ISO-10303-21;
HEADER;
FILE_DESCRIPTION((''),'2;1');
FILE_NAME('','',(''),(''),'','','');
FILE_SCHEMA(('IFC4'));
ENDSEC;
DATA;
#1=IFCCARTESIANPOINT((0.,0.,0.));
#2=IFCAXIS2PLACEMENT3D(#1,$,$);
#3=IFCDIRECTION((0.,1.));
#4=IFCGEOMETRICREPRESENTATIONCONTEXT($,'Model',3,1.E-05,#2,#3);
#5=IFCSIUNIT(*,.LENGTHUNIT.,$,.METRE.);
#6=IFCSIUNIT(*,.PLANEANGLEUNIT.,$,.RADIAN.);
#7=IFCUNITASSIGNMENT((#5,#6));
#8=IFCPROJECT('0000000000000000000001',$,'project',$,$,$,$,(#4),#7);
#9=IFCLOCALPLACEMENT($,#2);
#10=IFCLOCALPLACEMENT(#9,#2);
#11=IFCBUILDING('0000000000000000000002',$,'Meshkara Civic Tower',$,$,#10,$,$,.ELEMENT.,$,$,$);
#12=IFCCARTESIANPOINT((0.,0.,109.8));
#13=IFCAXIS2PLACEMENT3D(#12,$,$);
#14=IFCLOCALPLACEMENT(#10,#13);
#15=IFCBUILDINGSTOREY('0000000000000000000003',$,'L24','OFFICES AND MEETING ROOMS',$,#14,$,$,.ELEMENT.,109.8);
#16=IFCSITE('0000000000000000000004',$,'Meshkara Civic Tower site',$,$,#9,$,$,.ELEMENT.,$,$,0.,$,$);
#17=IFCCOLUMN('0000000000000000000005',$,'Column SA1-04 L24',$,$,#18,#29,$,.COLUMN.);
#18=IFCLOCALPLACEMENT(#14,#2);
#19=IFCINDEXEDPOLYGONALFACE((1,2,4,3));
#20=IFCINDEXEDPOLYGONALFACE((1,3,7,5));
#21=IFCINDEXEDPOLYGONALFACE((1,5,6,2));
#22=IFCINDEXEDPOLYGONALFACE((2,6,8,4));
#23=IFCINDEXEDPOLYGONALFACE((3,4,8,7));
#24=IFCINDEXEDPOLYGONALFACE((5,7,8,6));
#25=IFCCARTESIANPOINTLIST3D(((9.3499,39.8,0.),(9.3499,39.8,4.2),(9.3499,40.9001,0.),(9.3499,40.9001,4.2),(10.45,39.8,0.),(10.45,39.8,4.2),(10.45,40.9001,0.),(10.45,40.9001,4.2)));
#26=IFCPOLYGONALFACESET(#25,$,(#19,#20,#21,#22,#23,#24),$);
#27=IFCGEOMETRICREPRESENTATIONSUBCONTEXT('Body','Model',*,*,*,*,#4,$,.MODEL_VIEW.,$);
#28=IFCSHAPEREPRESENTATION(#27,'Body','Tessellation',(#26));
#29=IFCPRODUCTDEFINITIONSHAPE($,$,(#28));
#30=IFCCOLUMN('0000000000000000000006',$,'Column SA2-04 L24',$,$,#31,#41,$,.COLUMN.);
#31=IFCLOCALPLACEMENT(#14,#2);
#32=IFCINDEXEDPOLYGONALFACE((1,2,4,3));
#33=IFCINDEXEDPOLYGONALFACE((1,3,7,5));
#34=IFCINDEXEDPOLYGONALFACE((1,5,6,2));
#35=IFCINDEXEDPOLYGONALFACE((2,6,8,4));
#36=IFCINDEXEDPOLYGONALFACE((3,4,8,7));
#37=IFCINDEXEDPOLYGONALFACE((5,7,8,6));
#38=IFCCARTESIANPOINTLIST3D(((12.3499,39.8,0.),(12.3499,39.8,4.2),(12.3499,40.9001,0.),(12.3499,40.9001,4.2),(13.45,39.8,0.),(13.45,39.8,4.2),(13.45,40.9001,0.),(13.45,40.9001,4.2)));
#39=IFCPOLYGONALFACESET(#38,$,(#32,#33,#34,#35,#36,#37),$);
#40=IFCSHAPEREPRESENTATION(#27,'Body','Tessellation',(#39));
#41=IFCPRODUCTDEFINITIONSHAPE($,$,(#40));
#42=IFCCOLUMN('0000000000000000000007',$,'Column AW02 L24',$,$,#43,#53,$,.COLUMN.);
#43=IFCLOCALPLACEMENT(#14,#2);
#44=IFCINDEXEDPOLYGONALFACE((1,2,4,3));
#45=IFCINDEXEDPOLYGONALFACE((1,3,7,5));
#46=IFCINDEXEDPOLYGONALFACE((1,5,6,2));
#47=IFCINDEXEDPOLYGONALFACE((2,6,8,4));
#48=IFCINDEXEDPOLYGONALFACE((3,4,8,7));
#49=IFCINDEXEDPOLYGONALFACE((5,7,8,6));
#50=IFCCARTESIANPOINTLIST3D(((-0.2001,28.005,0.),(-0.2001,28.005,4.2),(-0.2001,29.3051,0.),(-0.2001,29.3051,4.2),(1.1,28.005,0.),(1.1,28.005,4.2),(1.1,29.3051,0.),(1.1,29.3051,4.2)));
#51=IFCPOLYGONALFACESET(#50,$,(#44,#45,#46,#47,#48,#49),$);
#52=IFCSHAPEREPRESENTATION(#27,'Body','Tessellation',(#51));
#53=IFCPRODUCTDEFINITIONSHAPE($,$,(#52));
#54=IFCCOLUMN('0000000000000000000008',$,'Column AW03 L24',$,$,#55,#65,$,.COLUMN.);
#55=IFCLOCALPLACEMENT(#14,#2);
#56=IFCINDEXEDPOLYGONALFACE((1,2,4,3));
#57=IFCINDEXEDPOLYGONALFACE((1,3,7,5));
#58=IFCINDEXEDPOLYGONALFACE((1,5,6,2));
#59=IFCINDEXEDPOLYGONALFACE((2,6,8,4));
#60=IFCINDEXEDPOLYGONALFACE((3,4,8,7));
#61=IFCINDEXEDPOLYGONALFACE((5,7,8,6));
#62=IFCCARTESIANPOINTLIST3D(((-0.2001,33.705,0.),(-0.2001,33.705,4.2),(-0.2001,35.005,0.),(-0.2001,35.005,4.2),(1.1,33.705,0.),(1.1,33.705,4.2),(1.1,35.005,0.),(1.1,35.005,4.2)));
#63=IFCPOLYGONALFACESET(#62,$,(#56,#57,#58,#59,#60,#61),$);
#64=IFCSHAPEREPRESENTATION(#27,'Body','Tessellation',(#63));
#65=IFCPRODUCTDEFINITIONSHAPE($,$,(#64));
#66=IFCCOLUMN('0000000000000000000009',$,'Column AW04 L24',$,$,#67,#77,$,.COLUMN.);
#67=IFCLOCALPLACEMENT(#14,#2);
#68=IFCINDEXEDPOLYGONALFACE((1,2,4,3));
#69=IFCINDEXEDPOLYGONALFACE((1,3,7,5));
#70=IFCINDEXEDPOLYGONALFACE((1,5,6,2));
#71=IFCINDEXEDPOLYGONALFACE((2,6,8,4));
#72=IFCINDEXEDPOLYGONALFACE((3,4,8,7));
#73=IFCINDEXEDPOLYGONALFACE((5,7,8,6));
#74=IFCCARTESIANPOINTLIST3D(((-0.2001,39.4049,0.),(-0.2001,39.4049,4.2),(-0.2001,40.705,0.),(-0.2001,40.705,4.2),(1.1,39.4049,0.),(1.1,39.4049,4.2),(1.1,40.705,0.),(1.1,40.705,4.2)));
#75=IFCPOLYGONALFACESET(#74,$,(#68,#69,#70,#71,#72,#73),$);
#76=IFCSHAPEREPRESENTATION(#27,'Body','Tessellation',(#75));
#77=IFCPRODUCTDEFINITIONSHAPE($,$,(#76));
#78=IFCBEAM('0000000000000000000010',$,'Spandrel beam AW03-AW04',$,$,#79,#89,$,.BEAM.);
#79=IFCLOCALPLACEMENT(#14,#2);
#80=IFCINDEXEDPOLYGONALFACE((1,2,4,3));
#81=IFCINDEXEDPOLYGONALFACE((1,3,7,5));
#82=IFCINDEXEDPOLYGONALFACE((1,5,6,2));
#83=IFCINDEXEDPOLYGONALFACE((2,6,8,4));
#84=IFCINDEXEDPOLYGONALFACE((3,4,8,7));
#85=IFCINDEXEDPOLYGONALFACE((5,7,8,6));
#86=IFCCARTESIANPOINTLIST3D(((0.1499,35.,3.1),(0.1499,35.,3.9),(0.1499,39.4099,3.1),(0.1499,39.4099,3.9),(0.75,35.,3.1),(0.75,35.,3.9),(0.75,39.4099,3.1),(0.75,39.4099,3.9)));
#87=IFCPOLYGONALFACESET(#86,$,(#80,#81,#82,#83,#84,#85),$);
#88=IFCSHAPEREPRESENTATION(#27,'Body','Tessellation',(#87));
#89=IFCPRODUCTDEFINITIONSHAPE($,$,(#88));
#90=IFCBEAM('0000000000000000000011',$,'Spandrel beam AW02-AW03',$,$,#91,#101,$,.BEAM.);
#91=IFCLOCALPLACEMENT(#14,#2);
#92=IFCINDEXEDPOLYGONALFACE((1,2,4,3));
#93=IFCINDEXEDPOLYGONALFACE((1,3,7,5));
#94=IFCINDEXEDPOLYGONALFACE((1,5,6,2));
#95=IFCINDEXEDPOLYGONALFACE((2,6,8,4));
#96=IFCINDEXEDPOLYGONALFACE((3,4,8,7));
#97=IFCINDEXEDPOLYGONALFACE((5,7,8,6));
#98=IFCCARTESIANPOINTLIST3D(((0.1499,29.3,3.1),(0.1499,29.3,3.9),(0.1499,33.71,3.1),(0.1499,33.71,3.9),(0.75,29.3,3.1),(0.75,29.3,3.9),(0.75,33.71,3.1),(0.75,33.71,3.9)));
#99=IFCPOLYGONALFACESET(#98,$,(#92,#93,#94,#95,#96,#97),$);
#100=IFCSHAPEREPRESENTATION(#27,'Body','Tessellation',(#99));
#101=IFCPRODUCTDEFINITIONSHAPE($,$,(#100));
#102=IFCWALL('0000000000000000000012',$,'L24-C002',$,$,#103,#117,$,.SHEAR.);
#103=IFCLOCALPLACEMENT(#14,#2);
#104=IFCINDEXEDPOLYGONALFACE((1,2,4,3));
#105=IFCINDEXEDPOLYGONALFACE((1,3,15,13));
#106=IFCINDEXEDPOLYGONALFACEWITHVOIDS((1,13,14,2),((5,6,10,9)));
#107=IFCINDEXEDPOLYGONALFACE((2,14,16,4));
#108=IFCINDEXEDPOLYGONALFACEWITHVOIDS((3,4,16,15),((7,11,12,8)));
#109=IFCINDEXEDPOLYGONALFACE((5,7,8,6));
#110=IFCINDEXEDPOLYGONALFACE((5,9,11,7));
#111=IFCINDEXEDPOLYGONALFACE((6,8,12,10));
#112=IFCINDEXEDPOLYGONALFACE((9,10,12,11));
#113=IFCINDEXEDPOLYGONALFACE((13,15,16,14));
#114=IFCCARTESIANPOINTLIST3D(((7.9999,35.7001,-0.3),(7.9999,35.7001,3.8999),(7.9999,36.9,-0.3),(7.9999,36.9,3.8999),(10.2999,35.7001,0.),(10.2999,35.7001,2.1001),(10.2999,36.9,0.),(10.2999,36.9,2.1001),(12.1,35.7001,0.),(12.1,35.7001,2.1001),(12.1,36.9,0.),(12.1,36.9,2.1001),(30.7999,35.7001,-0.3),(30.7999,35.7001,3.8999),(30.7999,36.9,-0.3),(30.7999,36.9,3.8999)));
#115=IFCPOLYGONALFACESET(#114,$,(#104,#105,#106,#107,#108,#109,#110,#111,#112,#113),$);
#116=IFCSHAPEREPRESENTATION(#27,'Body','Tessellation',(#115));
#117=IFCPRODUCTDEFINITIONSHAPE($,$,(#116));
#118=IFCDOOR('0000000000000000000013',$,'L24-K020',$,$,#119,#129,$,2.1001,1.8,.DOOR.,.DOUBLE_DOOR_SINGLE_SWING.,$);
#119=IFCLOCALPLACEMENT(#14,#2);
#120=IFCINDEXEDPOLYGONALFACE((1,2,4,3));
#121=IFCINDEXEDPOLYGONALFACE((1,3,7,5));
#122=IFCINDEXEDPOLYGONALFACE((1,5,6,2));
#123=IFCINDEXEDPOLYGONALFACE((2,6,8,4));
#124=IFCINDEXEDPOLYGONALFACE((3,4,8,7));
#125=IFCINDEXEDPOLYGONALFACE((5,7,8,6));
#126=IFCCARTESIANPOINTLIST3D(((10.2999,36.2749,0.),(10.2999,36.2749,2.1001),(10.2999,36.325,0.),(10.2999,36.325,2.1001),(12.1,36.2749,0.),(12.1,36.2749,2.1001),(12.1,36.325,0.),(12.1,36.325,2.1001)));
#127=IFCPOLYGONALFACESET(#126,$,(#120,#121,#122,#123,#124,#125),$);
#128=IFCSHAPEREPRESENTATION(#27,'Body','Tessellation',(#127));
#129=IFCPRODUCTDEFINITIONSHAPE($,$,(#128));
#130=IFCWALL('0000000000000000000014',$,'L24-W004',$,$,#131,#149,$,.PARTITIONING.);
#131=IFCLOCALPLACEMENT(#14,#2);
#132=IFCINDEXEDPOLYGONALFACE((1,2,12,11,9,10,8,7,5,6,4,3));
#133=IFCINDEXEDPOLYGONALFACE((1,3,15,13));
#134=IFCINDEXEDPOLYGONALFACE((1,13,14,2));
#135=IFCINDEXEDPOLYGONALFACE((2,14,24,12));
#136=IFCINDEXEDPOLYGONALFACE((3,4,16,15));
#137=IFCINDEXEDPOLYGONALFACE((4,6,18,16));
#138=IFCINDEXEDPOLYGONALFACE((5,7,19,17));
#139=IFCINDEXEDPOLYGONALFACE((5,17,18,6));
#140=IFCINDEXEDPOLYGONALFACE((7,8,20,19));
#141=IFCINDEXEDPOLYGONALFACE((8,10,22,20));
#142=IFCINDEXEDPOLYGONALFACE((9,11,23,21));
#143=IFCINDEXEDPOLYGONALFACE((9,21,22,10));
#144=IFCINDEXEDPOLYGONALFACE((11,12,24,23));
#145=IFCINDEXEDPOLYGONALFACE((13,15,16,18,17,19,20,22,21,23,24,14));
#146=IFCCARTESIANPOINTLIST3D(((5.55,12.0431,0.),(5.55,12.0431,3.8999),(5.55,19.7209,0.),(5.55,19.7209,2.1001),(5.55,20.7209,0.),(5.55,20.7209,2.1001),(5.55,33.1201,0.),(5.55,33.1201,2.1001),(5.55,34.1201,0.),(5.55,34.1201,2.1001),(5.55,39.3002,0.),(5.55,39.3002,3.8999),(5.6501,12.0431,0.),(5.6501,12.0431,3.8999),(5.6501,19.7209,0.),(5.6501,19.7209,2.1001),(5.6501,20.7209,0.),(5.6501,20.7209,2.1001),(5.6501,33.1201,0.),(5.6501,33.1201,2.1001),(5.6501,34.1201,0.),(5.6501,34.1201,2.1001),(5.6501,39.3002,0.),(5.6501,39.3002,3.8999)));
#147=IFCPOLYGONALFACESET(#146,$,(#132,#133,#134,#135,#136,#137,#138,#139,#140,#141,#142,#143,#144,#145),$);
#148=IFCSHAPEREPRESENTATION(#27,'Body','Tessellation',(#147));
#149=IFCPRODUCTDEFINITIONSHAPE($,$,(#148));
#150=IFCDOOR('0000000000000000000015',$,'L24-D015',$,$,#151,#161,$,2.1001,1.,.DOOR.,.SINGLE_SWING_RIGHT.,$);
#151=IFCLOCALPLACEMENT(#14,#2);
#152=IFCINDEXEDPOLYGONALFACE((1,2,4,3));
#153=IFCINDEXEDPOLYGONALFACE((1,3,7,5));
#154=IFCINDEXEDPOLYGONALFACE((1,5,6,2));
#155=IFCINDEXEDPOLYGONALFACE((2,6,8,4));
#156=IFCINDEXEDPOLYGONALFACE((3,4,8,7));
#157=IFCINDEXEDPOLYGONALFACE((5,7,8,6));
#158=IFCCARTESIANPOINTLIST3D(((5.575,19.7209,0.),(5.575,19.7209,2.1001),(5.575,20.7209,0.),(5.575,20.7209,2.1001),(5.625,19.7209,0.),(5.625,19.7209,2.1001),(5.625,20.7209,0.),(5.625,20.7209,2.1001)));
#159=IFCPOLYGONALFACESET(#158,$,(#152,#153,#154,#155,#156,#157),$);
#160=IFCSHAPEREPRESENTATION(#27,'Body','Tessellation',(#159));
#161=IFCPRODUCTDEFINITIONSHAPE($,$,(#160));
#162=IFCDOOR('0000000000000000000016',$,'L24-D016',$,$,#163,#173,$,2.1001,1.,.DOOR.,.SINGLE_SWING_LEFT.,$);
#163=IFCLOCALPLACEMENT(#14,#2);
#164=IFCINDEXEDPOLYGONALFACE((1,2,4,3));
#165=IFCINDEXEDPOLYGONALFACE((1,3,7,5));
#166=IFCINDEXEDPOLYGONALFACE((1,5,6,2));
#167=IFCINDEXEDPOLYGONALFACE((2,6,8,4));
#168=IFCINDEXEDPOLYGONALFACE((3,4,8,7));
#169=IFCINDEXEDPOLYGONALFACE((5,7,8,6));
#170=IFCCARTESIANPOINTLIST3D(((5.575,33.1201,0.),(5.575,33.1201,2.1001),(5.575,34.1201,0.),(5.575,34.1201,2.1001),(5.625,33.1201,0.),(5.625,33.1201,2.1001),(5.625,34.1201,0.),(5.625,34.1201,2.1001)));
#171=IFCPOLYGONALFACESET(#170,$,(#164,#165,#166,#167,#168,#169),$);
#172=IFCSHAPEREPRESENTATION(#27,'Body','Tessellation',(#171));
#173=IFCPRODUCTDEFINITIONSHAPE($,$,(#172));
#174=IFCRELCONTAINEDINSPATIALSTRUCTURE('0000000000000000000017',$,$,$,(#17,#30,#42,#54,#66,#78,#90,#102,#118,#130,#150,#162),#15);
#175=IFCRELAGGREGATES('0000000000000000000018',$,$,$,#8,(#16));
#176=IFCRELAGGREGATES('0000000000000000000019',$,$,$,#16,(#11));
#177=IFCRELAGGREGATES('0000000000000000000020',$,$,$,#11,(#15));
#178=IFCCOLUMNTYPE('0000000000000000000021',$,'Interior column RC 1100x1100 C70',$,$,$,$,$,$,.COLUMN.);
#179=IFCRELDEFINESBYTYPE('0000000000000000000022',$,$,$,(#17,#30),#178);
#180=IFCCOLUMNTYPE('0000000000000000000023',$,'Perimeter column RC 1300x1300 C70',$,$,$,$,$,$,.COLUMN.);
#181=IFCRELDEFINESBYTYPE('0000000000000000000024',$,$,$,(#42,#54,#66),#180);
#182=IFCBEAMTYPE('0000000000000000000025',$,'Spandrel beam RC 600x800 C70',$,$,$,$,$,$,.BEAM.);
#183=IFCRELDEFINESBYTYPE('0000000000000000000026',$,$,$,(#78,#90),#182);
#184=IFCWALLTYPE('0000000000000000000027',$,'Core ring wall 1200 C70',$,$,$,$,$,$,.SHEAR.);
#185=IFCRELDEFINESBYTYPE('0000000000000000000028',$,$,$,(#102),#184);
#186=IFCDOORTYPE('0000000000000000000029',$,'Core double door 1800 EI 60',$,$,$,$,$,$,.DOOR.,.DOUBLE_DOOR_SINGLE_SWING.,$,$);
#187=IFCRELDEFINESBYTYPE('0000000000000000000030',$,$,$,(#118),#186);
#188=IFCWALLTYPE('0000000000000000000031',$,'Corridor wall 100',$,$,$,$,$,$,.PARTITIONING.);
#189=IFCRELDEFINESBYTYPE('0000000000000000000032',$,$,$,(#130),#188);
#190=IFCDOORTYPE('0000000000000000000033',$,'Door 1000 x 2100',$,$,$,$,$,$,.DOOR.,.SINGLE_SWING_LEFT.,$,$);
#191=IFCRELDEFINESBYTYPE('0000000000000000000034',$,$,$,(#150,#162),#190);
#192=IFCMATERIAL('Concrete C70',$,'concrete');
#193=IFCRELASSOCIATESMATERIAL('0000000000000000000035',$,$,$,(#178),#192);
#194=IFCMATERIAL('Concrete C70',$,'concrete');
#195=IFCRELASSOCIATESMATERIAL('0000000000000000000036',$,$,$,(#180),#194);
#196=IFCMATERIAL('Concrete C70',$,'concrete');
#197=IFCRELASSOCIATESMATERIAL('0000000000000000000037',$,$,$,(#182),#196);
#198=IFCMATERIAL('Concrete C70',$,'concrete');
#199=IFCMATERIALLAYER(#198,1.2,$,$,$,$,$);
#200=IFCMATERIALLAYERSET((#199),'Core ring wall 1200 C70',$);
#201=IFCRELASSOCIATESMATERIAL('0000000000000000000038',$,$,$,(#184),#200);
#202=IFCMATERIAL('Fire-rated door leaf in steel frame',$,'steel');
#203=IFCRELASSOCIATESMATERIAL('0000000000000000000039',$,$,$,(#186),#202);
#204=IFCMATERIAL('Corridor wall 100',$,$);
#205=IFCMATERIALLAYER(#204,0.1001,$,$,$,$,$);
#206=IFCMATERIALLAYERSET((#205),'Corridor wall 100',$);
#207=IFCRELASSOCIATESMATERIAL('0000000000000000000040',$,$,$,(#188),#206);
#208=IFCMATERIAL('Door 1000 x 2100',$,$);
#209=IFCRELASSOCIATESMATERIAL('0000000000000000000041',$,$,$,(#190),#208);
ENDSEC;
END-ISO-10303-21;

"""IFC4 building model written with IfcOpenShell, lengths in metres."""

from ifc_helpers import new_model, si_unit, direction, frame, frame_2d, origin, origin_2d, place, context, subcontext, project, spatial, rectangle, extrude, material, layer, layer_set, material_profile, profile_set, type_object, element, fill, save


model = new_model("IFC4")

# Units and contexts
model_context = context("Model", 3, precision=1e-05, world=origin(), true_north=direction((0.0, 1.0)))
body_context = subcontext(model_context, "Body", "Model", "MODEL_VIEW")
ifc_project = project(units=[si_unit("LENGTHUNIT", "METRE"), si_unit("PLANEANGLEUNIT", "RADIAN")], contexts=[model_context])

# Site, building, storey
site_placement = place(None, origin())
site = spatial("IfcSite", under=ifc_project, at=site_placement, Name="Meshkara Civic Tower site", CompositionType="ELEMENT", RefElevation=0.0)
building_placement = place(site_placement, origin())
building = spatial("IfcBuilding", under=site, at=building_placement, Name="Meshkara Civic Tower", CompositionType="ELEMENT")
storey_placement = place(building_placement, frame((0.0, 0.0, 109.8)))
storey = spatial("IfcBuildingStorey", under=building, at=storey_placement, Name="L24", Description="OFFICES AND MEETING ROOMS", CompositionType="ELEMENT", Elevation=109.8)

# Columns
ifc_material_1 = material(Name="Concrete C70", Category="concrete")
ifc_material_profile_1 = material_profile(ifc_material_1, rectangle(XDim=1.1001, YDim=1.1001, at=origin_2d()))
ifc_profile_set_1 = profile_set([ifc_material_profile_1], Name="Concrete C70")
column_type_1 = type_object("IfcColumnType", Name="Interior column RC 1100x1100 C70", PredefinedType="COLUMN", material=ifc_profile_set_1)
for number, where, z_axis, x_axis, name in (
    (1, (9.8999, 40.3501, 0.0), (0.0, 0.0, 1.0), (1.0, 0.0, 0.0), "Column SA1-04 L24"),
    (2, (12.8999, 40.3501, 0.0), (0.0, 0.0, 1.0), (1.0, 0.0, 0.0), "Column SA2-04 L24"),
):
    element("IfcColumn", number, at=place(storey_placement, frame(where, z_axis=z_axis, x_axis=x_axis)), inside=storey, type_object=column_type_1, Name=name, PredefinedType="COLUMN", context=body_context, shape_type="SweptSolid", body=[
        extrude(rectangle(XDim=1.1001, YDim=1.1001, at=origin_2d()), origin(), (0.0, 0.0, 1.0), 4.2),
    ])
ifc_material_2 = material(Name="Concrete C70", Category="concrete")
ifc_material_profile_2 = material_profile(ifc_material_2, rectangle(XDim=1.3, YDim=1.3, at=origin_2d()))
ifc_profile_set_2 = profile_set([ifc_material_profile_2], Name="Concrete C70")
column_type_2 = type_object("IfcColumnType", Name="Perimeter column RC 1300x1300 C70", PredefinedType="COLUMN", material=ifc_profile_set_2)
for number, where, z_axis, x_axis, name in (
    (3, (0.45, 28.655, 0.0), (0.0, 0.0, 1.0), (1.0, 0.0, 0.0), "Column AW02 L24"),
    (4, (0.45, 34.355, 0.0), (0.0, 0.0, 1.0), (1.0, 0.0, 0.0), "Column AW03 L24"),
    (5, (0.45, 40.0549, 0.0), (0.0, 0.0, 1.0), (1.0, 0.0, 0.0), "Column AW04 L24"),
):
    element("IfcColumn", number, at=place(storey_placement, frame(where, z_axis=z_axis, x_axis=x_axis)), inside=storey, type_object=column_type_2, Name=name, PredefinedType="COLUMN", context=body_context, shape_type="SweptSolid", body=[
        extrude(rectangle(XDim=1.3, YDim=1.3, at=origin_2d()), origin(), (0.0, 0.0, 1.0), 4.2),
    ])

# Beams
ifc_material_3 = material(Name="Concrete C70", Category="concrete")
ifc_material_profile_3 = material_profile(ifc_material_3, rectangle(XDim=0.6001, YDim=0.8, at=origin_2d()))
ifc_profile_set_3 = profile_set([ifc_material_profile_3], Name="Concrete C70")
beam_type = type_object("IfcBeamType", Name="Spandrel beam RC 600x800 C70", PredefinedType="BEAM", material=ifc_profile_set_3)
for number, where, z_axis, x_axis, name in (
    (6, (0.45, 39.4099, 3.5), (0.0, -1.0, 0.0), (1.0, 0.0, 0.0), "Spandrel beam AW03-AW04"),
    (7, (0.45, 33.71, 3.5), (0.0, -1.0, 0.0), (1.0, 0.0, 0.0), "Spandrel beam AW02-AW03"),
):
    element("IfcBeam", number, at=place(storey_placement, frame(where, z_axis=z_axis, x_axis=x_axis)), inside=storey, type_object=beam_type, Name=name, PredefinedType="BEAM", context=body_context, shape_type="SweptSolid", body=[
        extrude(rectangle(XDim=0.6001, YDim=0.8, at=origin_2d()), origin(), (0.0, 0.0, 1.0), 4.4099),
    ])

# Wall, opening, door
ifc_material_4 = material(Name="Concrete C70", Category="concrete")
ifc_layer_1 = layer(ifc_material_4, 1.2)
ifc_layer_set_1 = layer_set([ifc_layer_1], Name="Core ring wall 1200 C70")
wall_type_1 = type_object("IfcWallType", Name="Core ring wall 1200 C70", PredefinedType="SHEAR", material=ifc_layer_set_1)
wall_1_placement = place(storey_placement, frame((8.0, 36.3, -0.3), z_axis=(0.0, 0.0, 1.0), x_axis=(1.0, 0.0, 0.0)))
wall_1 = element("IfcWall", 8, at=wall_1_placement, inside=storey, type_object=wall_type_1, Name="L24-C002", PredefinedType="SHEAR", context=body_context, shape_type="SweptSolid", body=[
    extrude(rectangle(XDim=22.8, YDim=1.2, at=frame_2d((11.3999, 0.0))), origin(), (0.0, 0.0, 1.0), 4.2),
])
opening_1_placement = place(wall_1_placement, frame((2.3, 0.0, 0.3)))
opening_1 = element("IfcOpeningElement", 9, at=opening_1_placement, cuts=wall_1, PredefinedType="OPENING", context=body_context, shape_type="SweptSolid", body=[
    extrude(rectangle(XDim=1.8, YDim=2.1001, at=frame_2d((0.8999, 1.05))), frame((0.0, 0.6099, 0.0), z_axis=(0.0, -1.0, 0.0), x_axis=(1.0, 0.0, 0.0)), (0.0, 0.0, 1.0), 1.22),
])
ifc_material_5 = material(Name="Fire-rated door leaf in steel frame", Category="steel")
door_type_1 = type_object("IfcDoorType", Name="Core double door 1800 EI 60", OperationType="DOUBLE_DOOR_SINGLE_SWING", PredefinedType="DOOR", material=ifc_material_5)
door_1_placement = place(opening_1_placement, origin())
door_1 = element("IfcDoor", 10, at=door_1_placement, inside=storey, type_object=door_type_1, Name="L24-K020", OperationType="DOUBLE_DOOR_SINGLE_SWING", OverallHeight=2.1001, OverallWidth=1.8, PredefinedType="DOOR", context=body_context, shape_type="SweptSolid", body=[
    extrude(rectangle(XDim=1.8, YDim=2.1001, at=frame_2d((0.8999, 1.05))), frame((0.0, 0.0249, 0.0), z_axis=(0.0, -1.0, 0.0), x_axis=(1.0, 0.0, 0.0)), (0.0, 0.0, 1.0), 0.05),
])
fill(opening_1, door_1)

# Wall, openings, doors
ifc_material_6 = material(Name="Corridor wall 100")
ifc_layer_2 = layer(ifc_material_6, 0.1001)
ifc_layer_set_2 = layer_set([ifc_layer_2], Name="Corridor wall 100")
wall_type_2 = type_object("IfcWallType", Name="Corridor wall 100", PredefinedType="PARTITIONING", material=ifc_layer_set_2)
wall_2_placement = place(storey_placement, frame((5.6001, 39.3, 0.0), z_axis=(0.0, 0.0, 1.0), x_axis=(0.0, -1.0, 0.0)))
wall_2 = element("IfcWall", 11, at=wall_2_placement, inside=storey, type_object=wall_type_2, Name="L24-W004", PredefinedType="PARTITIONING", context=body_context, shape_type="SweptSolid", body=[
    extrude(rectangle(XDim=27.2571, YDim=0.1001, at=frame_2d((13.6284, 0.0))), origin(), (0.0, 0.0, 1.0), 3.8999),
])
opening_2_placement = place(wall_2_placement, frame((18.5791, 0.0, 0.0)))
opening_2 = element("IfcOpeningElement", 12, at=opening_2_placement, cuts=wall_2, PredefinedType="OPENING", context=body_context, shape_type="SweptSolid", body=[
    extrude(rectangle(XDim=1.0, YDim=2.1001, at=frame_2d((0.5, 1.05))), frame((0.0, 0.0601, 0.0), z_axis=(0.0, -1.0, 0.0), x_axis=(1.0, 0.0, 0.0)), (0.0, 0.0, 1.0), 0.1201),
])
opening_3_placement = place(wall_2_placement, frame((5.1799, 0.0, 0.0)))
opening_3 = element("IfcOpeningElement", 13, at=opening_3_placement, cuts=wall_2, PredefinedType="OPENING", context=body_context, shape_type="SweptSolid", body=[
    extrude(rectangle(XDim=1.0, YDim=2.1001, at=frame_2d((0.5, 1.05))), frame((0.0, 0.0601, 0.0), z_axis=(0.0, -1.0, 0.0), x_axis=(1.0, 0.0, 0.0)), (0.0, 0.0, 1.0), 0.1201),
])
ifc_material_7 = material(Name="Door 1000 x 2100")
door_type_2 = type_object("IfcDoorType", Name="Door 1000 x 2100", OperationType="SINGLE_SWING_LEFT", PredefinedType="DOOR", material=ifc_material_7)
door_2_placement = place(opening_2_placement, origin())
door_2 = element("IfcDoor", 14, at=door_2_placement, inside=storey, type_object=door_type_2, Name="L24-D015", OperationType="SINGLE_SWING_RIGHT", OverallHeight=2.1001, OverallWidth=1.0, PredefinedType="DOOR", context=body_context, shape_type="SweptSolid", body=[
    extrude(rectangle(XDim=1.0, YDim=2.1001, at=frame_2d((0.5, 1.05))), frame((0.0, 0.0249, 0.0), z_axis=(0.0, -1.0, 0.0), x_axis=(1.0, 0.0, 0.0)), (0.0, 0.0, 1.0), 0.05),
])
fill(opening_2, door_2)
door_3_placement = place(opening_3_placement, origin())
door_3 = element("IfcDoor", 15, at=door_3_placement, inside=storey, type_object=door_type_2, Name="L24-D016", OperationType="SINGLE_SWING_LEFT", OverallHeight=2.1001, OverallWidth=1.0, PredefinedType="DOOR", context=body_context, shape_type="SweptSolid", body=[
    extrude(rectangle(XDim=1.0, YDim=2.1001, at=frame_2d((0.5, 1.05))), frame((0.0, 0.0249, 0.0), z_axis=(0.0, -1.0, 0.0), x_axis=(1.0, 0.0, 0.0)), (0.0, 0.0, 1.0), 0.05),
])
fill(opening_3, door_3)

save(model, "model.ifc")
